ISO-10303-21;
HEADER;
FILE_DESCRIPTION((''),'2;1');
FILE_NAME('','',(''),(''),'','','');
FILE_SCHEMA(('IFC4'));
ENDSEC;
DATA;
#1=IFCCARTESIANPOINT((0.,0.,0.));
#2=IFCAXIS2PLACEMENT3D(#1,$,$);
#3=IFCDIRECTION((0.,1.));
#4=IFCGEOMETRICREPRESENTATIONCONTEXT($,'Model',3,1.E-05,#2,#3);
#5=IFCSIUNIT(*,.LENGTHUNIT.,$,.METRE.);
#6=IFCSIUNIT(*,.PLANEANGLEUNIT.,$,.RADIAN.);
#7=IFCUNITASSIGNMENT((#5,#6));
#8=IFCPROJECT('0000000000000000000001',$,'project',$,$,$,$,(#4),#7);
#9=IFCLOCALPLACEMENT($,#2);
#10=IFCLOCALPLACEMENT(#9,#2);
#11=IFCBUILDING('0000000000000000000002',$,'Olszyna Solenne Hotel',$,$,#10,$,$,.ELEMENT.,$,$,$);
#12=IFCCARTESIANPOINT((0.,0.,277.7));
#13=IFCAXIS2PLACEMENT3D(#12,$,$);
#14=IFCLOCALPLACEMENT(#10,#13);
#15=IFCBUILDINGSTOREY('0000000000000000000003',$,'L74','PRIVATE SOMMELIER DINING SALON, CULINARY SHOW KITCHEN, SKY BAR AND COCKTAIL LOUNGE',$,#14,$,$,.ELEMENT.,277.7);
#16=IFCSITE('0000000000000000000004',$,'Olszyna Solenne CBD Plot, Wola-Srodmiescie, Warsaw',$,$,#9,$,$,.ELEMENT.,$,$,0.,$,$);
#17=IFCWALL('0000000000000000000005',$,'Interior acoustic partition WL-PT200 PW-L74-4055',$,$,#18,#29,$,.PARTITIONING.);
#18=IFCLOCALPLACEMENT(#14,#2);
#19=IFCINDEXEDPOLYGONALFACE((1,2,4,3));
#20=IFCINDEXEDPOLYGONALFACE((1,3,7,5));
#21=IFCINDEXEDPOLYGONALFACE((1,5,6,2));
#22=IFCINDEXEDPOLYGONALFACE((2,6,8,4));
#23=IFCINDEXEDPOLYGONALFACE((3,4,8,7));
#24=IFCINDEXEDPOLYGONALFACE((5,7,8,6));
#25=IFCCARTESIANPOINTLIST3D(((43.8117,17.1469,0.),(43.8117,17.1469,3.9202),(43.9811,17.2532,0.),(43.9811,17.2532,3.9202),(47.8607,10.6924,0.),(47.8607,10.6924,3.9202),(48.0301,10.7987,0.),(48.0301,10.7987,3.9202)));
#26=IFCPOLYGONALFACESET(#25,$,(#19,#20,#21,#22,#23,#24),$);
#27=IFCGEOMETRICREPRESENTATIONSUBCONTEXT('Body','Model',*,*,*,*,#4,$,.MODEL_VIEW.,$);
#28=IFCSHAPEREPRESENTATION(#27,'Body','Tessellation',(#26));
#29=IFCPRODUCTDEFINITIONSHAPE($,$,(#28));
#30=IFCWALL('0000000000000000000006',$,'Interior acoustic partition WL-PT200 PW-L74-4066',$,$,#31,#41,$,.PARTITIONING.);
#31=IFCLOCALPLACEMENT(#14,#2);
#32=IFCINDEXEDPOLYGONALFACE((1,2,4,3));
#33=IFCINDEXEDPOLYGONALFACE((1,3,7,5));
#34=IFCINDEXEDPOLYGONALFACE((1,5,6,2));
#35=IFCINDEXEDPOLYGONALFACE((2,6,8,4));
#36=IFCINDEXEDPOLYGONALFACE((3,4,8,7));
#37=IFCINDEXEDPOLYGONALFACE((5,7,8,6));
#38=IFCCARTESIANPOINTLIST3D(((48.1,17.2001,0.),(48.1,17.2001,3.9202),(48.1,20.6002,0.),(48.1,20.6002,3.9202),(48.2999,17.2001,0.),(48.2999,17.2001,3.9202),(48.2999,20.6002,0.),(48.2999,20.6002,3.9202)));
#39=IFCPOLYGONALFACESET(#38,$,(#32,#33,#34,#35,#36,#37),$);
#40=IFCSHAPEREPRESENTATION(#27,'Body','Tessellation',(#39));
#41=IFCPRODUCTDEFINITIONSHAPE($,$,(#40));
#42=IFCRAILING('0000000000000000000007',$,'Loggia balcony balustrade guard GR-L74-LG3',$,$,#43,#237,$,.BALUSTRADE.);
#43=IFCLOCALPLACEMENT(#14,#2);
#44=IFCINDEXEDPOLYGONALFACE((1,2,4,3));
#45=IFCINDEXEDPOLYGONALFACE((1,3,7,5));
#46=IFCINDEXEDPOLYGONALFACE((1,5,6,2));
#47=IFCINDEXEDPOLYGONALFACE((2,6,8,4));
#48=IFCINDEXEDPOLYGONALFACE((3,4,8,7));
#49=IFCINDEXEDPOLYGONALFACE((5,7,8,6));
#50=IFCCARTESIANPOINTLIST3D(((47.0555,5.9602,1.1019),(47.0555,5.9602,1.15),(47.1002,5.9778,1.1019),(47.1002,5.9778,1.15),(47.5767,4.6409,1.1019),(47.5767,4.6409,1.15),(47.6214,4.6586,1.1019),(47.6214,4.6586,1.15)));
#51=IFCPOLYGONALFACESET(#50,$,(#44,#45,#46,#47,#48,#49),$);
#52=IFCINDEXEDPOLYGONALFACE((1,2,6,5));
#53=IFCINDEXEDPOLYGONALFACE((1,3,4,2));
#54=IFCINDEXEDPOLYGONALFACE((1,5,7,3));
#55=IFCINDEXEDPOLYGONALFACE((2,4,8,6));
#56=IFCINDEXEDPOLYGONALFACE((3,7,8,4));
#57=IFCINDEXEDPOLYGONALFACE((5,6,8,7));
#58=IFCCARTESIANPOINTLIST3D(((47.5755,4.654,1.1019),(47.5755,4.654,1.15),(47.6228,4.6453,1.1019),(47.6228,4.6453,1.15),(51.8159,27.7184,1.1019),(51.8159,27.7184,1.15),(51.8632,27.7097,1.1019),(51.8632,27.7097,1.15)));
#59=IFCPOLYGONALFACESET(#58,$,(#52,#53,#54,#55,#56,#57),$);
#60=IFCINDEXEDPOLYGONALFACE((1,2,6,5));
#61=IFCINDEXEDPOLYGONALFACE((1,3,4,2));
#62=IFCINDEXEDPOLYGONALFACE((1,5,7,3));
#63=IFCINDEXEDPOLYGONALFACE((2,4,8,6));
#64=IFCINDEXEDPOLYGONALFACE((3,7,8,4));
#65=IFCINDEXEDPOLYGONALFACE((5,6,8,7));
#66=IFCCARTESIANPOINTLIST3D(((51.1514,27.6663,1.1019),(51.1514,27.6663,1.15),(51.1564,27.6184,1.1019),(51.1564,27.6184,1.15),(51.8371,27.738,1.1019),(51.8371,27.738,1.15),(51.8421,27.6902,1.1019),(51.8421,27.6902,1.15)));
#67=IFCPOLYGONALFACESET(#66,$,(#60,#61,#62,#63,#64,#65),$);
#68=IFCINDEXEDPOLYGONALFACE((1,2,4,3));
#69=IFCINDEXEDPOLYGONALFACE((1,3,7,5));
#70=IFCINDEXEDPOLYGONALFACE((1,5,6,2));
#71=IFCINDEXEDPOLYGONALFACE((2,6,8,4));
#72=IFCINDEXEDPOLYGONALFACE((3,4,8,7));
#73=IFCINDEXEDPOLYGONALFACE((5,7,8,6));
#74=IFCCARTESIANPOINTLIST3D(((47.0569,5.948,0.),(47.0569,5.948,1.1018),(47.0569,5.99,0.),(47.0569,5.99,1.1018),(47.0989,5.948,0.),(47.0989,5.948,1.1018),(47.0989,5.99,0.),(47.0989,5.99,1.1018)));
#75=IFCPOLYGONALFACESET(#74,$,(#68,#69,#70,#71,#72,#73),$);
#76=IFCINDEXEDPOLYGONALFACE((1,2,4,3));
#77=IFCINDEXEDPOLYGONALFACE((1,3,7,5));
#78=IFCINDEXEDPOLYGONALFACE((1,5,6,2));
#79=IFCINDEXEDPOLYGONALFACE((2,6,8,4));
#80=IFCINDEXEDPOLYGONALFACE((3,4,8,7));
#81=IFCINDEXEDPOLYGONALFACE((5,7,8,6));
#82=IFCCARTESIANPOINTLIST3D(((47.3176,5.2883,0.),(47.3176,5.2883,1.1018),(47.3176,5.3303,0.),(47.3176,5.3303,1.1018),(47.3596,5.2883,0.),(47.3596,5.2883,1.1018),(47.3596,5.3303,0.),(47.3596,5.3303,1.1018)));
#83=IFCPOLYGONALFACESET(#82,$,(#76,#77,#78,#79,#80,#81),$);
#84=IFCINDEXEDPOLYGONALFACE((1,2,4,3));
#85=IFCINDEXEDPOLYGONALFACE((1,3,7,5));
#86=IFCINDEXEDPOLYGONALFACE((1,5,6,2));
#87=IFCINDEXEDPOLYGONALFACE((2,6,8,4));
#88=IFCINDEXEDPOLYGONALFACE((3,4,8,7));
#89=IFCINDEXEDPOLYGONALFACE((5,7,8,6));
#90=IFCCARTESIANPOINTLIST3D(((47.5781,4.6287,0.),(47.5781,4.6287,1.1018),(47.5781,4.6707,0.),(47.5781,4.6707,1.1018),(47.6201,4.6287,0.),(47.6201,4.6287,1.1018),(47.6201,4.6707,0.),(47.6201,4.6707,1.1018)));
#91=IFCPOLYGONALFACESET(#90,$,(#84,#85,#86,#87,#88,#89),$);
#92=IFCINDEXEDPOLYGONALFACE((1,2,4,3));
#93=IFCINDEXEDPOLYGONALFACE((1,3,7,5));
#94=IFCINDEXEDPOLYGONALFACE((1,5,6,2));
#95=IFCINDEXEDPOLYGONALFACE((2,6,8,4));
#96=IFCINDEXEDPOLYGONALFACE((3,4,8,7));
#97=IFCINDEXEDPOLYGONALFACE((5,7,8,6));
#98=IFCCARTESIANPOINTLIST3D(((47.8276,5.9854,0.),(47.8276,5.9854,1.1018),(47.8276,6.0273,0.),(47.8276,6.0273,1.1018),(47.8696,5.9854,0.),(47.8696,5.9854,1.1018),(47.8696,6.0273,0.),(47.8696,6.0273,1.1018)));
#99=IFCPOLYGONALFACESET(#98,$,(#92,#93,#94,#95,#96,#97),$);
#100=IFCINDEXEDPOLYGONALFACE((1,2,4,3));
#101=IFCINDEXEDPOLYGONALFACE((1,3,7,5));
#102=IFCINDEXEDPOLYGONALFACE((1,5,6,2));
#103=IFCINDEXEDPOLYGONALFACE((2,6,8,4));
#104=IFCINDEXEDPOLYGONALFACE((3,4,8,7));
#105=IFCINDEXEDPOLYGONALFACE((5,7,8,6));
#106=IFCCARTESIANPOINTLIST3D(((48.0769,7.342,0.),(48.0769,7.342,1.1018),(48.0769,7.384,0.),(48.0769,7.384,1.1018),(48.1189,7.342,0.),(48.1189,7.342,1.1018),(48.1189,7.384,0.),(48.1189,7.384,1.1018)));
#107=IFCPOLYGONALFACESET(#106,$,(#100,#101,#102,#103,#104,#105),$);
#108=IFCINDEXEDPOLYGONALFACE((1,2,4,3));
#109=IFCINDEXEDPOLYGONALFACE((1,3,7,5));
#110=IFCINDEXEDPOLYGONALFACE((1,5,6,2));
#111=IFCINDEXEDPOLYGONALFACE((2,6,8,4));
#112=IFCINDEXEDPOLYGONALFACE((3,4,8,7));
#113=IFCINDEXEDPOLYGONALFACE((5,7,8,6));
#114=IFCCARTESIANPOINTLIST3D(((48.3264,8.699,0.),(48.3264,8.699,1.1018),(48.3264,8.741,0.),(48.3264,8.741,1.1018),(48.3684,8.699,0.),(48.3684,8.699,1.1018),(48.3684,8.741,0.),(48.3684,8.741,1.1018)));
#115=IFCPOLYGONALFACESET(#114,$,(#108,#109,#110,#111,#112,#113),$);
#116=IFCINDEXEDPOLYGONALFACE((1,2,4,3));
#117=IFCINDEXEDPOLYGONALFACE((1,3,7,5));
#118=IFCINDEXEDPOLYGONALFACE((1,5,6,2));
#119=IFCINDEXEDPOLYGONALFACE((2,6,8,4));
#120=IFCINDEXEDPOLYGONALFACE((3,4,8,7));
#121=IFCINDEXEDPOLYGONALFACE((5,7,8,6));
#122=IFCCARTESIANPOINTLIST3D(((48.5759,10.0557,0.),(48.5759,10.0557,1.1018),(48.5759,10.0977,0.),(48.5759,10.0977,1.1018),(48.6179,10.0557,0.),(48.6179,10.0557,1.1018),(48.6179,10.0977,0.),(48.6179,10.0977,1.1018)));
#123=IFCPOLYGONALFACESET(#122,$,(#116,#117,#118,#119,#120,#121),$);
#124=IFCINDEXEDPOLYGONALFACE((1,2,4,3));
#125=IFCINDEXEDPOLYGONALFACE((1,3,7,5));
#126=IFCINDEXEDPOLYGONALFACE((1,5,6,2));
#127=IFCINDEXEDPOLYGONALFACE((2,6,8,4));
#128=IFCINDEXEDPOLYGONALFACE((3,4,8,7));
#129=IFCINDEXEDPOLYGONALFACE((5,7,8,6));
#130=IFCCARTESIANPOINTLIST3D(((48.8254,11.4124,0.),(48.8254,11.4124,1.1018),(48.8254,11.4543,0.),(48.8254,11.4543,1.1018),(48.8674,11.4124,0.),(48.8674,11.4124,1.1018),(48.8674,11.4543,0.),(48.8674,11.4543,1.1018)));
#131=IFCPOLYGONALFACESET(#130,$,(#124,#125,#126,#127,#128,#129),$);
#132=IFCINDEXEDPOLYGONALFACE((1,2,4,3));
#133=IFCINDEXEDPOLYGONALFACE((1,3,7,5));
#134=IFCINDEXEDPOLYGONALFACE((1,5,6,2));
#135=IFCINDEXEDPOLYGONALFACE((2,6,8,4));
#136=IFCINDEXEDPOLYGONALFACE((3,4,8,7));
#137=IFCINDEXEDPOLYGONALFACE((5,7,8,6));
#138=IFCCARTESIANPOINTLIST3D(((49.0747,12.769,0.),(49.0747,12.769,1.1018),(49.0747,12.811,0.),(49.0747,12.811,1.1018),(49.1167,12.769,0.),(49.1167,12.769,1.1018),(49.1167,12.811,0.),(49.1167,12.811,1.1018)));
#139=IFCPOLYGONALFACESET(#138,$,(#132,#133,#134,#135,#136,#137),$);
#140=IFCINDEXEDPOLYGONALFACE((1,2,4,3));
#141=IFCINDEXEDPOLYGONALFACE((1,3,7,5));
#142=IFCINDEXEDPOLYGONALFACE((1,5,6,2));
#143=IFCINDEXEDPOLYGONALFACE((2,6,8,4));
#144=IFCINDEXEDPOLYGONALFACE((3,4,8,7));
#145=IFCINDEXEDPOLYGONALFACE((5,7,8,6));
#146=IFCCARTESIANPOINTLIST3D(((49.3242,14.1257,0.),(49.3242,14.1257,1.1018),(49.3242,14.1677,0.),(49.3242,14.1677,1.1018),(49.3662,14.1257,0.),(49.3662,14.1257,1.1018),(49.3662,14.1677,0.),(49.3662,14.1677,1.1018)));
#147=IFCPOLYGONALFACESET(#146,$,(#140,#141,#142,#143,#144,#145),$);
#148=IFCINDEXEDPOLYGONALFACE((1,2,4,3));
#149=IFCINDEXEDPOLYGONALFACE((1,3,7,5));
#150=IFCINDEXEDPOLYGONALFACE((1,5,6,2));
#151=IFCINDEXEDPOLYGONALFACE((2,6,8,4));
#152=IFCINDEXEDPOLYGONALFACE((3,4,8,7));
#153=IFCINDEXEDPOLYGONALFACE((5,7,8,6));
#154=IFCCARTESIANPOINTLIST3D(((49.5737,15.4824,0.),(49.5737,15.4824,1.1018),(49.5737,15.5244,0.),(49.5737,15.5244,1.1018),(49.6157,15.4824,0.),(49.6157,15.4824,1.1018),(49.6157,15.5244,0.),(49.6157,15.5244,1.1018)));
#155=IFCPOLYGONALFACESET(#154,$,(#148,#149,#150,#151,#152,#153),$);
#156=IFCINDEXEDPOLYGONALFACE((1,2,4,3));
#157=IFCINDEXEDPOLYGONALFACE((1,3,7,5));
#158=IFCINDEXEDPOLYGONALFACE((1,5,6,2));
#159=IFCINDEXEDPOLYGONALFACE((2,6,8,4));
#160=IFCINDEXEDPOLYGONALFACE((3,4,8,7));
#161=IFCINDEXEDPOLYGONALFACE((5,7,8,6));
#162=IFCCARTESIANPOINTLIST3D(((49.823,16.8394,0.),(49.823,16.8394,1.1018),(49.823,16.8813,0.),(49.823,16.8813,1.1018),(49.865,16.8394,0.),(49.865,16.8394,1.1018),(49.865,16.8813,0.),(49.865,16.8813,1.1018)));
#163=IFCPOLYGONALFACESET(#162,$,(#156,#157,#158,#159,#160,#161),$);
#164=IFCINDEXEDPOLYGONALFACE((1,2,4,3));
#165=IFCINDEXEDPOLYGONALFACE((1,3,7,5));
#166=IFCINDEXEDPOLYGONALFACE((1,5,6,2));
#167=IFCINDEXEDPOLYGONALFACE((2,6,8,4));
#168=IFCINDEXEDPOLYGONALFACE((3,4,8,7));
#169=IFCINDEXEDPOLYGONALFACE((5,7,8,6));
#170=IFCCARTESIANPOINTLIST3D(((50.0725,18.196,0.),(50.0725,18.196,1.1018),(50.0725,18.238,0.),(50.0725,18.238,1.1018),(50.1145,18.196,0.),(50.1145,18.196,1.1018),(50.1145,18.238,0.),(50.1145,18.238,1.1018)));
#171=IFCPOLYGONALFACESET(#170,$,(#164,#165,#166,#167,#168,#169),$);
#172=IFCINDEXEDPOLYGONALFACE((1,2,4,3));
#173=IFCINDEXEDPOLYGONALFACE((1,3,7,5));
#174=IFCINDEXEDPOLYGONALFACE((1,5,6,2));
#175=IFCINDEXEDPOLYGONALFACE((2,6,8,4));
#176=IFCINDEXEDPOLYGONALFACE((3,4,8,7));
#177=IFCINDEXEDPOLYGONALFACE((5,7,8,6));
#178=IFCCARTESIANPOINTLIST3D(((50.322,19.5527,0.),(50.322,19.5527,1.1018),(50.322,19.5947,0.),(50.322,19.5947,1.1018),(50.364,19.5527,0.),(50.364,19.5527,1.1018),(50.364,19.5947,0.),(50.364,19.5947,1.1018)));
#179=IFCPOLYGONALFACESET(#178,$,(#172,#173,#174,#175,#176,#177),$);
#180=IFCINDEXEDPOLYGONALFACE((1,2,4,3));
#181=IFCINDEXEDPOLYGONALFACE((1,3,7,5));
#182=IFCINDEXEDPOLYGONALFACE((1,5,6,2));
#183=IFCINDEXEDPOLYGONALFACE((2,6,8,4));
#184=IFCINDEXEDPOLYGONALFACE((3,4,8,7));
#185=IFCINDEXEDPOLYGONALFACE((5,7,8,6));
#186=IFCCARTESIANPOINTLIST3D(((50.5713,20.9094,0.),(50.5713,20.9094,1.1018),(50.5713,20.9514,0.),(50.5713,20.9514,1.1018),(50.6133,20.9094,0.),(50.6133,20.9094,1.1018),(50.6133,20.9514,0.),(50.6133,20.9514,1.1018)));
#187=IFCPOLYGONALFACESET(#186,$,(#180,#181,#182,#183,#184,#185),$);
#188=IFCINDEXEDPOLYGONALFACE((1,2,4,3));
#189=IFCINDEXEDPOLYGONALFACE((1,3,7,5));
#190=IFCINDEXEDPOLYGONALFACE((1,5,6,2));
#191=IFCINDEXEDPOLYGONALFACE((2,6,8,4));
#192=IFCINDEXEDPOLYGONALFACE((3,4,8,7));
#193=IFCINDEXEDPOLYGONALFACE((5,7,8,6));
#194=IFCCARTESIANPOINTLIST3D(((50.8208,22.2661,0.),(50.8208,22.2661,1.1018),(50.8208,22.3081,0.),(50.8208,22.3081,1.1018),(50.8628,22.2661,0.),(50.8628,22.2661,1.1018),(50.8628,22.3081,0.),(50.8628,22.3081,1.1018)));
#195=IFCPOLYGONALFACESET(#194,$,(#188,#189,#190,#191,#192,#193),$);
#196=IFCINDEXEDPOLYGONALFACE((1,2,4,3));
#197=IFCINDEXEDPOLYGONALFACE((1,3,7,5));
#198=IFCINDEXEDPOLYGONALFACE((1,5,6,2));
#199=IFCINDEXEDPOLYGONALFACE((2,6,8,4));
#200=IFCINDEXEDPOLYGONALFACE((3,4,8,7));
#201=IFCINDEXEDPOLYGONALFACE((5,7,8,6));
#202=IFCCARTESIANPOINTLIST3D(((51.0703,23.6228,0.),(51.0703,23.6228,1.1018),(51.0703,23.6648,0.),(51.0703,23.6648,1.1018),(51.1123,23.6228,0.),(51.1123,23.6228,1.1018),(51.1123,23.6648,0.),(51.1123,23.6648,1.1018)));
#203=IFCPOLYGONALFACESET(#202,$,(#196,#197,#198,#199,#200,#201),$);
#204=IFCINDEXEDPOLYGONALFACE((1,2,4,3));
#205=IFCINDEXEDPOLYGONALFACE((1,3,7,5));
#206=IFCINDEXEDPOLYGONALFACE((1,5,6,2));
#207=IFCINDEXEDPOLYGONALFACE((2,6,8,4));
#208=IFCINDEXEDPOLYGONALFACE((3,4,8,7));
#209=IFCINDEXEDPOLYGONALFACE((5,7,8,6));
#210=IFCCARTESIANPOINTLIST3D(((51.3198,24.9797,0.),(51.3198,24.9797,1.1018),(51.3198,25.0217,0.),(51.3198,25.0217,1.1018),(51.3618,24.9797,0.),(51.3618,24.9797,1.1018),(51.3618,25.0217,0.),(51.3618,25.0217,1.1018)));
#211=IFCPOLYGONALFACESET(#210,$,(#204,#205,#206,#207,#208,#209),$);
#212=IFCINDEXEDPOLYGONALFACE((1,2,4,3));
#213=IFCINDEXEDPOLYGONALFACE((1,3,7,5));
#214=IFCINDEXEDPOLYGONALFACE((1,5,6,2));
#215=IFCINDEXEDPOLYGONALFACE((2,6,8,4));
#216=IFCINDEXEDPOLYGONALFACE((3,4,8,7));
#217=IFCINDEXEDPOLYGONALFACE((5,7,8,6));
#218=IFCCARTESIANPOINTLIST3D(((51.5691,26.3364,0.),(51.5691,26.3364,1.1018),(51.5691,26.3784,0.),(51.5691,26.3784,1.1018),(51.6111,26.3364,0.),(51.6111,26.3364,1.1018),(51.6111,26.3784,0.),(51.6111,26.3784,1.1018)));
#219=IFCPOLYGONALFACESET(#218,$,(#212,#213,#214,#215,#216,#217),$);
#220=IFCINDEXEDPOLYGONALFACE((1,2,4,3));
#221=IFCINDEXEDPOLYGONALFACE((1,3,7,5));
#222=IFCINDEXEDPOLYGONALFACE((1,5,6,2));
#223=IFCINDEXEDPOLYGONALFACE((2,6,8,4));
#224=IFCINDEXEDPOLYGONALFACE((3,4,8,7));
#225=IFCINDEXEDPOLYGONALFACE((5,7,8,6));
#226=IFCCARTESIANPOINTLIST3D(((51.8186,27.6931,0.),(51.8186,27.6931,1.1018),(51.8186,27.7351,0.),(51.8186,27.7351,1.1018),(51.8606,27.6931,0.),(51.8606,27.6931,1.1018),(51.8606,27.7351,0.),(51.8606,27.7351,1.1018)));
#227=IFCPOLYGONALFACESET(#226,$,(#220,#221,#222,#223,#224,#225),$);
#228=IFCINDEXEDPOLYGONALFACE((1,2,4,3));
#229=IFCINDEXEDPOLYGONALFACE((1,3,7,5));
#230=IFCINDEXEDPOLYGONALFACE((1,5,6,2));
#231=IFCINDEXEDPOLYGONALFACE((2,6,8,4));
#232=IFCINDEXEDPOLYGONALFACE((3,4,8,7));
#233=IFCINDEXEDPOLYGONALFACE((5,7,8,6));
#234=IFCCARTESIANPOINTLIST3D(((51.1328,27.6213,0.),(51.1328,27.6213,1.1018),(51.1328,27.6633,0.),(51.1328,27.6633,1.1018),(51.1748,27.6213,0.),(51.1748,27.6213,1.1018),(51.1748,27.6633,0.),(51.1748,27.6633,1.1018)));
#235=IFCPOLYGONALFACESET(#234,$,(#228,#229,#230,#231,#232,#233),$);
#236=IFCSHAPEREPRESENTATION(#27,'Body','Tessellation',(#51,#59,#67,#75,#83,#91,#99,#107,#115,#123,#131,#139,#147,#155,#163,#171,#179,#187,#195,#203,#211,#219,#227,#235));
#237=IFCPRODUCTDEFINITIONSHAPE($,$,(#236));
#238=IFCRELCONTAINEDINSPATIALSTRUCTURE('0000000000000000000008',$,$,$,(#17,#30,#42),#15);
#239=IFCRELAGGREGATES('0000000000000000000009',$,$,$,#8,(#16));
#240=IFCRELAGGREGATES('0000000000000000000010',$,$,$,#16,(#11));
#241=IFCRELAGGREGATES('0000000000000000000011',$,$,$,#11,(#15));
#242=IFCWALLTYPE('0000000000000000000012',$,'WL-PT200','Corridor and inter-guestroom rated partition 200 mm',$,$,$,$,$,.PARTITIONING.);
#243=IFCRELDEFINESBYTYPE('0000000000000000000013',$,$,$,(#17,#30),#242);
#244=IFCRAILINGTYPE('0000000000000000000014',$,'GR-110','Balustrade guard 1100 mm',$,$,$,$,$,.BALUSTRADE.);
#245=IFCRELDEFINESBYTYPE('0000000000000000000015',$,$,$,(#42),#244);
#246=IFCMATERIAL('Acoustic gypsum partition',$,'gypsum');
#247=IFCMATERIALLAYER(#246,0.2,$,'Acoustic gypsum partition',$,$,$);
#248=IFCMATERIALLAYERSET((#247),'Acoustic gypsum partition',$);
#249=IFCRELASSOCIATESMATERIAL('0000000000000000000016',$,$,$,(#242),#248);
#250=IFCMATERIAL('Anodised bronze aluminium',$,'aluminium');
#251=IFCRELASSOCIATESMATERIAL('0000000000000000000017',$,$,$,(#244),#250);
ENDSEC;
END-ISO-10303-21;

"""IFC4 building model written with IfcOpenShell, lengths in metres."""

from ifc_helpers import new_model, si_unit, direction, frame, frame_2d, origin, origin_2d, place, context, subcontext, project, spatial, rectangle, extrude, material, layer, layer_set, type_object, element, save


model = new_model("IFC4")

# Units and contexts
model_context = context("Model", 3, precision=1e-05, world=origin(), true_north=direction((0.0, 1.0)))
body_context = subcontext(model_context, "Body", "Model", "MODEL_VIEW")
ifc_project = project(units=[si_unit("LENGTHUNIT", "METRE"), si_unit("PLANEANGLEUNIT", "RADIAN")], contexts=[model_context])

# Site, building, storey
site_placement = place(None, origin())
site = spatial("IfcSite", under=ifc_project, at=site_placement, Name="Olszyna Solenne CBD Plot, Wola-Srodmiescie, Warsaw", CompositionType="ELEMENT", RefElevation=0.0)
building_placement = place(site_placement, origin())
building = spatial("IfcBuilding", under=site, at=building_placement, Name="Olszyna Solenne Hotel", CompositionType="ELEMENT")
storey_placement = place(building_placement, frame((0.0, 0.0, 277.7)))
storey = spatial("IfcBuildingStorey", under=building, at=storey_placement, Name="L74", Description="PRIVATE SOMMELIER DINING SALON, CULINARY SHOW KITCHEN, SKY BAR AND COCKTAIL LOUNGE", CompositionType="ELEMENT", Elevation=277.7)

# Shared definitions
ifc_material_1 = material(Name="Anodised bronze aluminium", Category="aluminium")

# Walls
ifc_material_2 = material(Name="Acoustic gypsum partition", Category="gypsum")
ifc_layer_1 = layer(ifc_material_2, 0.2, Name="Acoustic gypsum partition")
ifc_layer_set_1 = layer_set([ifc_layer_1], Name="Acoustic gypsum partition")
wall_type_1 = type_object("IfcWallType", Name="WL-PT200", Description="Corridor and inter-guestroom rated partition 200 mm", PredefinedType="PARTITIONING", material=ifc_layer_set_1)
wall_1_placement = place(storey_placement, frame((43.8965, 17.2, 0.0), z_axis=(0.0, 0.0, 1.0), x_axis=(0.531409, -0.847115, 0.0)))
element("IfcWall", 1, at=wall_1_placement, inside=storey, type_object=wall_type_1, Name="Interior acoustic partition WL-PT200 PW-L74-4055", PredefinedType="PARTITIONING", context=body_context, shape_type="SweptSolid", body=[
    extrude(rectangle(XDim=7.6194, YDim=0.2, at=frame_2d((3.8096, 0.0))), origin(), (0.0, 0.0, 1.0), 3.9202),
])
wall_2_placement = place(storey_placement, frame((48.2, 17.2, 0.0), z_axis=(0.0, 0.0, 1.0), x_axis=(0.0, 1.0, 0.0)))
element("IfcWall", 2, at=wall_2_placement, inside=storey, type_object=wall_type_1, Name="Interior acoustic partition WL-PT200 PW-L74-4066", PredefinedType="PARTITIONING", context=body_context, shape_type="SweptSolid", body=[
    extrude(rectangle(XDim=3.4001, YDim=0.2, at=frame_2d((1.7002, 0.0))), origin(), (0.0, 0.0, 1.0), 3.9202),
])

# Railing
railing_type = type_object("IfcRailingType", Name="GR-110", Description="Balustrade guard 1100 mm", PredefinedType="BALUSTRADE", material=ifc_material_1)
railing_placement = place(storey_placement, frame((47.0779, 5.969, 0.0)))
element("IfcRailing", 3, at=railing_placement, inside=storey, type_object=railing_type, Name="Loggia balcony balustrade guard GR-L74-LG3", PredefinedType="BALUSTRADE", context=body_context, shape_type="SweptSolid", body=[
    extrude(rectangle(XDim=0.0481, YDim=0.0481, at=origin_2d()), frame((0.0, 0.0, 1.126), z_axis=(0.367441, -0.930047, 0.0), x_axis=(0.930047, 0.367441, 0.0)), (0.0, 0.0, 1.0), 1.4185),
    extrude(rectangle(XDim=0.0481, YDim=0.0481, at=origin_2d()), frame((0.5212, -1.3193, 1.126), z_axis=(0.180823, 0.983516, 0.0), x_axis=(-0.983516, 0.180823, 0.0)), (0.0, 0.0, 1.0), 23.4509),
    extrude(rectangle(XDim=0.0481, YDim=0.0481, at=origin_2d()), frame((4.7617, 21.7451, 1.126), z_axis=(-0.994567, -0.104095, 0.0), x_axis=(0.104095, -0.994567, 0.0)), (0.0, 0.0, 1.0), 0.6895),
    extrude(rectangle(XDim=0.042, YDim=0.042, at=origin_2d()), origin(), (0.0, 0.0, 1.0), 1.1018),
    extrude(rectangle(XDim=0.042, YDim=0.042, at=origin_2d()), frame((0.2607, -0.6597, 0.0)), (0.0, 0.0, 1.0), 1.1018),
    extrude(rectangle(XDim=0.042, YDim=0.042, at=origin_2d()), frame((0.5212, -1.3193, 0.0)), (0.0, 0.0, 1.0), 1.1018),
    extrude(rectangle(XDim=0.042, YDim=0.042, at=origin_2d()), frame((0.7708, 0.0374, 0.0)), (0.0, 0.0, 1.0), 1.1018),
    extrude(rectangle(XDim=0.042, YDim=0.042, at=origin_2d()), frame((1.02, 1.394, 0.0)), (0.0, 0.0, 1.0), 1.1018),
    extrude(rectangle(XDim=0.042, YDim=0.042, at=origin_2d()), frame((1.2695, 2.751, 0.0)), (0.0, 0.0, 1.0), 1.1018),
    extrude(rectangle(XDim=0.042, YDim=0.042, at=origin_2d()), frame((1.519, 4.1077, 0.0)), (0.0, 0.0, 1.0), 1.1018),
    extrude(rectangle(XDim=0.042, YDim=0.042, at=origin_2d()), frame((1.7686, 5.4644, 0.0)), (0.0, 0.0, 1.0), 1.1018),
    extrude(rectangle(XDim=0.042, YDim=0.042, at=origin_2d()), frame((2.0178, 6.821, 0.0)), (0.0, 0.0, 1.0), 1.1018),
    extrude(rectangle(XDim=0.042, YDim=0.042, at=origin_2d()), frame((2.2673, 8.1777, 0.0)), (0.0, 0.0, 1.0), 1.1018),
    extrude(rectangle(XDim=0.042, YDim=0.042, at=origin_2d()), frame((2.5168, 9.5344, 0.0)), (0.0, 0.0, 1.0), 1.1018),
    extrude(rectangle(XDim=0.042, YDim=0.042, at=origin_2d()), frame((2.7661, 10.8914, 0.0)), (0.0, 0.0, 1.0), 1.1018),
    extrude(rectangle(XDim=0.042, YDim=0.042, at=origin_2d()), frame((3.0156, 12.248, 0.0)), (0.0, 0.0, 1.0), 1.1018),
    extrude(rectangle(XDim=0.042, YDim=0.042, at=origin_2d()), frame((3.2651, 13.6047, 0.0)), (0.0, 0.0, 1.0), 1.1018),
    extrude(rectangle(XDim=0.042, YDim=0.042, at=origin_2d()), frame((3.5144, 14.9614, 0.0)), (0.0, 0.0, 1.0), 1.1018),
    extrude(rectangle(XDim=0.042, YDim=0.042, at=origin_2d()), frame((3.7639, 16.3181, 0.0)), (0.0, 0.0, 1.0), 1.1018),
    extrude(rectangle(XDim=0.042, YDim=0.042, at=origin_2d()), frame((4.0134, 17.6748, 0.0)), (0.0, 0.0, 1.0), 1.1018),
    extrude(rectangle(XDim=0.042, YDim=0.042, at=origin_2d()), frame((4.2629, 19.0317, 0.0)), (0.0, 0.0, 1.0), 1.1018),
    extrude(rectangle(XDim=0.042, YDim=0.042, at=origin_2d()), frame((4.5122, 20.3884, 0.0)), (0.0, 0.0, 1.0), 1.1018),
    extrude(rectangle(XDim=0.042, YDim=0.042, at=origin_2d()), frame((4.7617, 21.7451, 0.0)), (0.0, 0.0, 1.0), 1.1018),
    extrude(rectangle(XDim=0.042, YDim=0.042, at=origin_2d()), frame((4.0759, 21.6733, 0.0)), (0.0, 0.0, 1.0), 1.1018),
])

save(model, "model.ifc")
